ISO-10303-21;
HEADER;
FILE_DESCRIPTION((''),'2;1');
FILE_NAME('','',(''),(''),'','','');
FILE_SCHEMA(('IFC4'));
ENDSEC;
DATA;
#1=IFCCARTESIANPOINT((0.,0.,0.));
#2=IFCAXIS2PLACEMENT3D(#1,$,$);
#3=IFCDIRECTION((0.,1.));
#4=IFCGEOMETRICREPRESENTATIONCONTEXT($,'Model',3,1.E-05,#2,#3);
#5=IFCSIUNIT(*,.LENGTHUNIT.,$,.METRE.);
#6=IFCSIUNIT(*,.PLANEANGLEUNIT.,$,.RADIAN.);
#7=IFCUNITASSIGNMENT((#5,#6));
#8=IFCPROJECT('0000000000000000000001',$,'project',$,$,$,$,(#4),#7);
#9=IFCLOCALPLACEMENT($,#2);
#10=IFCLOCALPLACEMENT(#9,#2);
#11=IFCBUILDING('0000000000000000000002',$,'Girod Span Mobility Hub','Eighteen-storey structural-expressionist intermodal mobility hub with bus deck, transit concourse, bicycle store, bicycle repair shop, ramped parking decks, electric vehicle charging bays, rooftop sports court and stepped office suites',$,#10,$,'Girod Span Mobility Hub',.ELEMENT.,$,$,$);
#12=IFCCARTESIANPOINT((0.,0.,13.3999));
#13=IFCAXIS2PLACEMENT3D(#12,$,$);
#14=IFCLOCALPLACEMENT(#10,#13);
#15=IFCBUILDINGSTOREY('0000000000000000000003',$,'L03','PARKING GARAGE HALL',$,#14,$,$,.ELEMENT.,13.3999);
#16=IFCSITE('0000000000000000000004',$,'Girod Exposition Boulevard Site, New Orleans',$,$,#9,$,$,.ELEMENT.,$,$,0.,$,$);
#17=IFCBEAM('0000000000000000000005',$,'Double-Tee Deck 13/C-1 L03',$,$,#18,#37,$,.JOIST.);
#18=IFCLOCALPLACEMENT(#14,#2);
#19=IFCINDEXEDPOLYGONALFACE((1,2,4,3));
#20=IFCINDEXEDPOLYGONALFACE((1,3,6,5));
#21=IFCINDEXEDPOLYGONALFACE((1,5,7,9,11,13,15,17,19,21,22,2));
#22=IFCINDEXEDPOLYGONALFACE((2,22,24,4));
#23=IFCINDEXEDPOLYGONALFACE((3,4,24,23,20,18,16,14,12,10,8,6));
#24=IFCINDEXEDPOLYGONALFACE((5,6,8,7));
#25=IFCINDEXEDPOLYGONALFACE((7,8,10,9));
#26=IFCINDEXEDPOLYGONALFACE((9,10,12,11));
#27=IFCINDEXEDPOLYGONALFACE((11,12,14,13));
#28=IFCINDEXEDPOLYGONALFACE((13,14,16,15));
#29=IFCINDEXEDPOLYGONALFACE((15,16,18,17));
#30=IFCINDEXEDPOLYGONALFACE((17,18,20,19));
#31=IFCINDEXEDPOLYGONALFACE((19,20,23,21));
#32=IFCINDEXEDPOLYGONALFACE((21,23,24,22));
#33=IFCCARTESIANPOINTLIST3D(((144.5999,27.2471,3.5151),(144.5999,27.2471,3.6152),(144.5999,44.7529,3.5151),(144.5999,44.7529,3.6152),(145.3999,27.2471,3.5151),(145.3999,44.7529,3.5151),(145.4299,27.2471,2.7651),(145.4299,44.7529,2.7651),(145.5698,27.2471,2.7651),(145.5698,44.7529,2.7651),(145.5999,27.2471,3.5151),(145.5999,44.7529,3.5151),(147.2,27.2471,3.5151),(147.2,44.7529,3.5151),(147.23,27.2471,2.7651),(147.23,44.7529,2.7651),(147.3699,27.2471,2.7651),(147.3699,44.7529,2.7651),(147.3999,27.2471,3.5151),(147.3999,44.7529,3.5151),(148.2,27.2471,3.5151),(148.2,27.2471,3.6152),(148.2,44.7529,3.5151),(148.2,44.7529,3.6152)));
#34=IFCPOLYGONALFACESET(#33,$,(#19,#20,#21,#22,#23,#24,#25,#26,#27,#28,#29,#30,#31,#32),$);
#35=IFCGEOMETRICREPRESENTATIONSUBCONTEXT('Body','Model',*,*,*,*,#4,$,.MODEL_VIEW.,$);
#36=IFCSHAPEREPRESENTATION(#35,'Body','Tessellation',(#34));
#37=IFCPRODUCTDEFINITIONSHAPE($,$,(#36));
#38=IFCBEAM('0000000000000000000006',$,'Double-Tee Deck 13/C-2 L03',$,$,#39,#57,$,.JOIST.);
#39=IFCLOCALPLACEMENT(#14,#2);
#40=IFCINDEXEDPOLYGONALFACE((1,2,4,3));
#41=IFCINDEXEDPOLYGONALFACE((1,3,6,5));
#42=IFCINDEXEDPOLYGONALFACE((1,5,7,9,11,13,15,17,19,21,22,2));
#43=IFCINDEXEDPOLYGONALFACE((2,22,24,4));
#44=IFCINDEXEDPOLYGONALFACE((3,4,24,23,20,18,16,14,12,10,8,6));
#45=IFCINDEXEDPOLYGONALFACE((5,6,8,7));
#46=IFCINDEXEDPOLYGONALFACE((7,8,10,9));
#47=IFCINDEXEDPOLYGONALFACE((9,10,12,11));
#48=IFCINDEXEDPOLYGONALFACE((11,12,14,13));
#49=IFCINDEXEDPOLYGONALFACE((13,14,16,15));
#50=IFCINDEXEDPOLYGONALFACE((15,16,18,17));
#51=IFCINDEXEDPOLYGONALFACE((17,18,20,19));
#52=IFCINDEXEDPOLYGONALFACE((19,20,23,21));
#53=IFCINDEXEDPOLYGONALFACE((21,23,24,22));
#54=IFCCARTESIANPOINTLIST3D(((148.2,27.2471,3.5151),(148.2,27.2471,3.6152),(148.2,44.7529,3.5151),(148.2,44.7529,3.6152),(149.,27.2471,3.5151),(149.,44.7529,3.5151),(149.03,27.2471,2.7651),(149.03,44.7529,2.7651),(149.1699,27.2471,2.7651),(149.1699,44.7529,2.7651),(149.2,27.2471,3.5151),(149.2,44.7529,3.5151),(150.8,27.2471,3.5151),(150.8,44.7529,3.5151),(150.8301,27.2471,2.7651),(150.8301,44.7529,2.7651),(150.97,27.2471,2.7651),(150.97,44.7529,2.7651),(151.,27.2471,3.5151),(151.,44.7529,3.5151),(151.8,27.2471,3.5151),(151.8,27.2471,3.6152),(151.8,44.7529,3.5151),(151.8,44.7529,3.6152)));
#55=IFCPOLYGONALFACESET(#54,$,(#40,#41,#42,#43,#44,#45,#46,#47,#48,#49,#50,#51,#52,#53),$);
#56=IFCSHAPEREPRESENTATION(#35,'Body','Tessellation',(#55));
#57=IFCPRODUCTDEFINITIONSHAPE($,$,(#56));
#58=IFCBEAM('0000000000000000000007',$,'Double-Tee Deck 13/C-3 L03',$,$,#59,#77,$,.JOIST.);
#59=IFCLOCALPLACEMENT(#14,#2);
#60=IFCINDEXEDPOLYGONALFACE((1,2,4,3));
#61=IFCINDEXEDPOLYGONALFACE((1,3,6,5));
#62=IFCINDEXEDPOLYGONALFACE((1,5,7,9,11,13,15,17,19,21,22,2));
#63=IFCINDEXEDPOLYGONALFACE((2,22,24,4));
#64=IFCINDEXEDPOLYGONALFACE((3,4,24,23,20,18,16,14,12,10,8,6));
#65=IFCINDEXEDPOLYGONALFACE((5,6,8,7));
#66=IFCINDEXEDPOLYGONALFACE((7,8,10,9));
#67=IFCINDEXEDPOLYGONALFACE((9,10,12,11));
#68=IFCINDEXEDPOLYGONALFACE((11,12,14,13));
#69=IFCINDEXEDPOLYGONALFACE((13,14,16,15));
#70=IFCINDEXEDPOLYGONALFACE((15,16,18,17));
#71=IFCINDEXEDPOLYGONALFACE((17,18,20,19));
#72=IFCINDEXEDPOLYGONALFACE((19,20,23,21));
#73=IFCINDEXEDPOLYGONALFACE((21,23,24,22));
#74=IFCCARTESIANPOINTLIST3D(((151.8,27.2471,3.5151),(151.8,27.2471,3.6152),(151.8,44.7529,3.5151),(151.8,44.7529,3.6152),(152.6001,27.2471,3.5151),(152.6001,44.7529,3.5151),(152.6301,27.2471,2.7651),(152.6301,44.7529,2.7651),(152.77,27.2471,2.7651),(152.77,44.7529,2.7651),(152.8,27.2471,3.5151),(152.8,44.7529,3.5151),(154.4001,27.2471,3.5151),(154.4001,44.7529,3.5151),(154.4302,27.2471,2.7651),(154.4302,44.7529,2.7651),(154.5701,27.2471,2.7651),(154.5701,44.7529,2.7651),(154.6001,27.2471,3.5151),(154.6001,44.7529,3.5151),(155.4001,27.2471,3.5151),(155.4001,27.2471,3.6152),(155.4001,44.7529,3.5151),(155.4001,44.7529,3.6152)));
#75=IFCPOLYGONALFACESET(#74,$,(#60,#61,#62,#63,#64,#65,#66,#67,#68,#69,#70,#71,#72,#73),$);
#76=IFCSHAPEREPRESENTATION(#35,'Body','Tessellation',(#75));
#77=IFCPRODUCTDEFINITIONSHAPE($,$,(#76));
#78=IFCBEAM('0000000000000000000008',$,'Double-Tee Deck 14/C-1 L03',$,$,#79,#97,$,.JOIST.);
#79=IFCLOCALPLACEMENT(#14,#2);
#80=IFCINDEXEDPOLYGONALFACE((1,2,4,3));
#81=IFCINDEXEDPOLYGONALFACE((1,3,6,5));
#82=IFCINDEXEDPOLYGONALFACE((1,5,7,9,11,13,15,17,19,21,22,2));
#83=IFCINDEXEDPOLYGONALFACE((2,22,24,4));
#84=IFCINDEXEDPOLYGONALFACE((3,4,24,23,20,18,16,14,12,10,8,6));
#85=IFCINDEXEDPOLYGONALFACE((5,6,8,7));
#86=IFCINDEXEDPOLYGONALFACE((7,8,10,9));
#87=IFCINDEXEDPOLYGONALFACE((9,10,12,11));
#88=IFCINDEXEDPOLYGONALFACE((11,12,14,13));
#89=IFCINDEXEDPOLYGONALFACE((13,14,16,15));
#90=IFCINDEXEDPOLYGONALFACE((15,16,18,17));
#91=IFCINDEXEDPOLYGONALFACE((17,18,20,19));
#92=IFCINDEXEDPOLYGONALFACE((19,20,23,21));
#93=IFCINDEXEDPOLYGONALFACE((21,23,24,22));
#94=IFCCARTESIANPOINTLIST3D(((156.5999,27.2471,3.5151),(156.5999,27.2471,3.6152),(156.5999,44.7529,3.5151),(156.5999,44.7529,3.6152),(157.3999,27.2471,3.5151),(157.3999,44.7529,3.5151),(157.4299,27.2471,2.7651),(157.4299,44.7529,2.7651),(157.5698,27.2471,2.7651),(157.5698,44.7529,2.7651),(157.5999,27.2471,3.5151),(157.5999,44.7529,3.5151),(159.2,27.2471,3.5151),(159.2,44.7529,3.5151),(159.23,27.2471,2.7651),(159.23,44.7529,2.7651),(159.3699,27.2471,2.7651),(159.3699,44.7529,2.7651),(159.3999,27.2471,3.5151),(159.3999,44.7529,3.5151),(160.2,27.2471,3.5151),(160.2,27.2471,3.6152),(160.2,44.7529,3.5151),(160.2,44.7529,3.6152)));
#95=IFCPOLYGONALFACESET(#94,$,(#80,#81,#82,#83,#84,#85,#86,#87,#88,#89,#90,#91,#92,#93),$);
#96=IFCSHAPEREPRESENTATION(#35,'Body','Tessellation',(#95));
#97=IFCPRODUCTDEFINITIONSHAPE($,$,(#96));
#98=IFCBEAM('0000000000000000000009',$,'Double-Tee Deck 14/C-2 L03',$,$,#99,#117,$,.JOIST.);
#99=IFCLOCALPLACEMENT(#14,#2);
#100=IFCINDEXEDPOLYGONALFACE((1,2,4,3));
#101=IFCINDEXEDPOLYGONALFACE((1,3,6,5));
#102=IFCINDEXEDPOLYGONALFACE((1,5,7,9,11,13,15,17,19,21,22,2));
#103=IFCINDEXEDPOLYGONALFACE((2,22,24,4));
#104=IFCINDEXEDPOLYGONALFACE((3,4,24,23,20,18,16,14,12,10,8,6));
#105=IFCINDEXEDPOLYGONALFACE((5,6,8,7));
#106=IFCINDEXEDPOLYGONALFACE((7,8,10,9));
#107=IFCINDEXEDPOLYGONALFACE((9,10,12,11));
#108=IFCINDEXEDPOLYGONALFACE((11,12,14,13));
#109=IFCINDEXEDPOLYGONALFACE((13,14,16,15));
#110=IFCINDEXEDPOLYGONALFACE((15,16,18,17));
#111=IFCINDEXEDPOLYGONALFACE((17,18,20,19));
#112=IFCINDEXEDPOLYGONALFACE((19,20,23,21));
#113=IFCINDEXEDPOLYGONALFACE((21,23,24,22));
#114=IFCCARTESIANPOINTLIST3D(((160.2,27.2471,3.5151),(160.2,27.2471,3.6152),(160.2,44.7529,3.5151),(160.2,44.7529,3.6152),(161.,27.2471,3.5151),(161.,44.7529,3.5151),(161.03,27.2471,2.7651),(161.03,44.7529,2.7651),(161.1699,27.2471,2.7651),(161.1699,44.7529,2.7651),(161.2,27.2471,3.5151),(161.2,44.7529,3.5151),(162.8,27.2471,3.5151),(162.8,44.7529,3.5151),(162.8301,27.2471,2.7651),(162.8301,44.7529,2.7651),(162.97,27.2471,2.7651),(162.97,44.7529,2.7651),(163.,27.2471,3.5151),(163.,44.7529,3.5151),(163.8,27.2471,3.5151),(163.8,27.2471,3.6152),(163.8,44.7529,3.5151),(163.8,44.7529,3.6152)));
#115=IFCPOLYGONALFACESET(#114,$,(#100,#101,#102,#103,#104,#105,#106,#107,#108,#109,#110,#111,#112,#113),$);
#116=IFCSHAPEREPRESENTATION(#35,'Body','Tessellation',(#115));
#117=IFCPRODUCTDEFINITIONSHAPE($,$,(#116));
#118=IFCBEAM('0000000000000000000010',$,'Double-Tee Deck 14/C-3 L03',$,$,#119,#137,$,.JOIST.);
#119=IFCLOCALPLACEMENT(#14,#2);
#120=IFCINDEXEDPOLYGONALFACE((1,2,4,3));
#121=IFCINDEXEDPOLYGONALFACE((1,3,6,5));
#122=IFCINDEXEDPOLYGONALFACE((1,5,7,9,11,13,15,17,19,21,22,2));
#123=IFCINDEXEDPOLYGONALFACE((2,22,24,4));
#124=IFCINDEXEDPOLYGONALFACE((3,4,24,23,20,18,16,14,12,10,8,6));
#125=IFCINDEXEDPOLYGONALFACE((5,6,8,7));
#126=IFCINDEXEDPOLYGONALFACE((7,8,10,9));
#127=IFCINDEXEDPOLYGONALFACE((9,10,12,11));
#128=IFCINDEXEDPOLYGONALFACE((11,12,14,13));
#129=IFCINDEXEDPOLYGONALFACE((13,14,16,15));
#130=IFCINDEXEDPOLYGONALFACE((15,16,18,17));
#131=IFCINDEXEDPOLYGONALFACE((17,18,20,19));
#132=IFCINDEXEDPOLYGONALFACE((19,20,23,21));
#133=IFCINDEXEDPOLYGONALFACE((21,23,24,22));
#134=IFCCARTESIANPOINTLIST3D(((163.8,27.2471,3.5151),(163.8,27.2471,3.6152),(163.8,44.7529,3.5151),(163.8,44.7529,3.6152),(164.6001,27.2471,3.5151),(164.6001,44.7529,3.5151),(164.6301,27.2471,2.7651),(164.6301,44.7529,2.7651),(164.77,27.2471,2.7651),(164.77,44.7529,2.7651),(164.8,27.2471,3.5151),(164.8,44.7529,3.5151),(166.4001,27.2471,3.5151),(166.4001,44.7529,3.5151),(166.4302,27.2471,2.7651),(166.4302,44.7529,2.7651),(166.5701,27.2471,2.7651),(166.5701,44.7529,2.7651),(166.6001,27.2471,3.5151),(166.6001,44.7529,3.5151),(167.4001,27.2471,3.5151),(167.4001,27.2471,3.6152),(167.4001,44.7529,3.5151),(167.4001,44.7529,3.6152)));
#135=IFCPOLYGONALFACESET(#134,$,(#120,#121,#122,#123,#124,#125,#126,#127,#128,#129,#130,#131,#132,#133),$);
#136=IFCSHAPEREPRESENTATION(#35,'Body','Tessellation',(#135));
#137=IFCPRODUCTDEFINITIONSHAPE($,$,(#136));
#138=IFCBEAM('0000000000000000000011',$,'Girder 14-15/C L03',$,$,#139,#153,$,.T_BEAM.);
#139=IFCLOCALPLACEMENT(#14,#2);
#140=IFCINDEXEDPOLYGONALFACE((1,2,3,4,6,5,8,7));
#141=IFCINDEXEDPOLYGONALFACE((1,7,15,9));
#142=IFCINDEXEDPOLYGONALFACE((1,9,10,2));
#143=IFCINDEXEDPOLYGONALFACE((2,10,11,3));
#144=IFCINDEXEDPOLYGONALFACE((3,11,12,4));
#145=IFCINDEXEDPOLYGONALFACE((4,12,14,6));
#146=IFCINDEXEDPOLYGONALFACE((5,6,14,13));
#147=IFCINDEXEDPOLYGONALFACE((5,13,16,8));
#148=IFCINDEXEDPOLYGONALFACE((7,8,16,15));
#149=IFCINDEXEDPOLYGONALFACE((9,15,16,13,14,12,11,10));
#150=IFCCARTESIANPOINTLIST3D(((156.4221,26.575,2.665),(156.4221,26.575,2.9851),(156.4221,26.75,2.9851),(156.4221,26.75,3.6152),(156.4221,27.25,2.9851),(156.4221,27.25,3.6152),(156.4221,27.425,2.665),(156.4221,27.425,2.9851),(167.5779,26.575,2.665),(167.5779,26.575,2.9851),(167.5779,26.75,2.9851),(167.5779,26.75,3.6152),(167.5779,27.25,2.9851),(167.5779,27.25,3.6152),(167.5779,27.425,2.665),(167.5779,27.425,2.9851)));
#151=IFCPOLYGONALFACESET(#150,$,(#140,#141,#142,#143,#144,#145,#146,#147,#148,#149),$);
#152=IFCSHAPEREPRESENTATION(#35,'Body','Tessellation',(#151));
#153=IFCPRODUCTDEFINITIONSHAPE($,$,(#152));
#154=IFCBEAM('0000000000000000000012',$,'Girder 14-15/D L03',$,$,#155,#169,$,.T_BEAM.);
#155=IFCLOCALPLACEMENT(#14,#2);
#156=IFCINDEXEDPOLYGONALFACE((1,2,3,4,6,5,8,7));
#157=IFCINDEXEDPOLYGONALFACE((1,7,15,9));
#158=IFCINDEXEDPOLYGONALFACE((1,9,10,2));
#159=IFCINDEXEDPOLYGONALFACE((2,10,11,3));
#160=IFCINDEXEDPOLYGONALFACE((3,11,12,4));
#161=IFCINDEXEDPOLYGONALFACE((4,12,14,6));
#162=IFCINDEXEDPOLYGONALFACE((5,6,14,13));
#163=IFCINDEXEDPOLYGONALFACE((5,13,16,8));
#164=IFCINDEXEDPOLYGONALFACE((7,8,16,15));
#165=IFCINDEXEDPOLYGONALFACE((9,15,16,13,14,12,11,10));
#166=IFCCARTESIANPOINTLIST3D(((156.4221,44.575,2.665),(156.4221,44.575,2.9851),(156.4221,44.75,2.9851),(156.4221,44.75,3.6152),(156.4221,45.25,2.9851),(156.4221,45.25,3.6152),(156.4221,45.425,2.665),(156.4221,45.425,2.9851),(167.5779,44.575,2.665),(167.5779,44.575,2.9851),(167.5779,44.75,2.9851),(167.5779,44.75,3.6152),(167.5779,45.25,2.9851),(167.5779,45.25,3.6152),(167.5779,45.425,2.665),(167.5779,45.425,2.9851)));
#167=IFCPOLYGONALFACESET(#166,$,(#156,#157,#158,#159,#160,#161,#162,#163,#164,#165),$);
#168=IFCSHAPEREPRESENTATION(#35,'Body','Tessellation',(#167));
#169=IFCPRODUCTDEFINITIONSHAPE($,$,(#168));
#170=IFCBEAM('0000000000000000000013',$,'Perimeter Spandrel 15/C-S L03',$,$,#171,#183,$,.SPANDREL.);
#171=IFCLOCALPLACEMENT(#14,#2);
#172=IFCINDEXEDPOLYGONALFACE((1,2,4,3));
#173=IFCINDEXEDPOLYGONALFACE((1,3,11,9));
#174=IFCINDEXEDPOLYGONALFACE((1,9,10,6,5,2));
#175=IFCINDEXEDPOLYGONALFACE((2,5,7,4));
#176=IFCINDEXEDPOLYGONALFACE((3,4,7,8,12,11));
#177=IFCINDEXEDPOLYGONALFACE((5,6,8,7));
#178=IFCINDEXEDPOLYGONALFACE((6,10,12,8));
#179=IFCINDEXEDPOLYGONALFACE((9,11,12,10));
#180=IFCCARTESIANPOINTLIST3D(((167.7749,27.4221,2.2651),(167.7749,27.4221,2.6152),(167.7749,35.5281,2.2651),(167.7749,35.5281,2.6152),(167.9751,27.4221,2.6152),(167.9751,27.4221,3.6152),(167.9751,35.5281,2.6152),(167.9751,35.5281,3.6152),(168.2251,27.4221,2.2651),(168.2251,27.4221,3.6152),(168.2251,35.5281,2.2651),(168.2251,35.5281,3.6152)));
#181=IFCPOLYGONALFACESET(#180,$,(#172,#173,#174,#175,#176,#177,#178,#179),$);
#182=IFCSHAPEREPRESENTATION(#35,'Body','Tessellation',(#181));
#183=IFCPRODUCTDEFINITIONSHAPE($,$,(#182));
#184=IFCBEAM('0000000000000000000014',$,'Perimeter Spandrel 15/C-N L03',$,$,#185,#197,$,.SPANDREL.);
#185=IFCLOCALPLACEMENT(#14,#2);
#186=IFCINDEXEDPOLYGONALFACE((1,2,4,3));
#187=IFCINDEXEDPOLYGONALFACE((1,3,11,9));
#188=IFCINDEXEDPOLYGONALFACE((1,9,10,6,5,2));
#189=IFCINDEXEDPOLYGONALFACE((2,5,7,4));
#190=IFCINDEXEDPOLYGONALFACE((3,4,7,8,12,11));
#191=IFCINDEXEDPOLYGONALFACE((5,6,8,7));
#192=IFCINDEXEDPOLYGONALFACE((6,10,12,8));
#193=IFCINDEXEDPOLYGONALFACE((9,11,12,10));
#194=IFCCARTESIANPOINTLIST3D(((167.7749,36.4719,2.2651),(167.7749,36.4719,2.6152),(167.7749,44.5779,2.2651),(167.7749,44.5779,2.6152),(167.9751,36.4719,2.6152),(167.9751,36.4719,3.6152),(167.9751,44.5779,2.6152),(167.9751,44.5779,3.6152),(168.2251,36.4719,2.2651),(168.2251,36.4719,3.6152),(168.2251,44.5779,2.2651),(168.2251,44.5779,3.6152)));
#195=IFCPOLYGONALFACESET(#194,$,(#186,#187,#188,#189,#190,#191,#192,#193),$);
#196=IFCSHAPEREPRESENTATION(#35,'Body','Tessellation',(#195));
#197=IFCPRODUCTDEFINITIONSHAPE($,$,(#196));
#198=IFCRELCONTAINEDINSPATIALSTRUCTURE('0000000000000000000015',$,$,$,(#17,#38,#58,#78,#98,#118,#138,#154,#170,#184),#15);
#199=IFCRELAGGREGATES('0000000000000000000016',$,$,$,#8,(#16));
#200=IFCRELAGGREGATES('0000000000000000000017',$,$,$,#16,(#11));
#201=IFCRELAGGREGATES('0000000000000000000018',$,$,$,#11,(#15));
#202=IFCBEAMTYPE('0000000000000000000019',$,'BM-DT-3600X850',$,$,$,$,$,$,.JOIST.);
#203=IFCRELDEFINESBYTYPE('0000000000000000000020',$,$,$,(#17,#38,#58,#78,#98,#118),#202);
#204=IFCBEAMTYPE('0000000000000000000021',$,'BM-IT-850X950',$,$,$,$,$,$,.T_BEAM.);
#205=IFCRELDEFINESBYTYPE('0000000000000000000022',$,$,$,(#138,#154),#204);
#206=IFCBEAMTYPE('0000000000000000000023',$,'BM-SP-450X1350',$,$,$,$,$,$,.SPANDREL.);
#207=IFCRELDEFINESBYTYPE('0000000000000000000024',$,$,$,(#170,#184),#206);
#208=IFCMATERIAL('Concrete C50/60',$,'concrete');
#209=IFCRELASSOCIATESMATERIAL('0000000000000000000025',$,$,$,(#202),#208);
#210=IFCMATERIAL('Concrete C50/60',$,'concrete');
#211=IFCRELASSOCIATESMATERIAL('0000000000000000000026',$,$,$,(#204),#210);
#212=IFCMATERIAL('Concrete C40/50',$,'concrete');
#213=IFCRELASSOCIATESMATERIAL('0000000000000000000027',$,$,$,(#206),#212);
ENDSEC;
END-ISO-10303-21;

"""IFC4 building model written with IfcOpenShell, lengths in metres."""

from ifc_helpers import new_model, si_unit, direction, frame, origin, place, context, subcontext, project, spatial, polyline, outline, extrude, material, material_profile, profile_set, type_object, element, save


model = new_model("IFC4")

# Units and contexts
model_context = context("Model", 3, precision=1e-05, world=origin(), true_north=direction((0.0, 1.0)))
body_context = subcontext(model_context, "Body", "Model", "MODEL_VIEW")
ifc_project = project(units=[si_unit("LENGTHUNIT", "METRE"), si_unit("PLANEANGLEUNIT", "RADIAN")], contexts=[model_context])

# Site, building, storey
site_placement = place(None, origin())
site = spatial("IfcSite", under=ifc_project, at=site_placement, Name="Girod Exposition Boulevard Site, New Orleans", CompositionType="ELEMENT", RefElevation=0.0)
building_placement = place(site_placement, origin())
building = spatial("IfcBuilding", under=site, at=building_placement, Name="Girod Span Mobility Hub", Description="Eighteen-storey structural-expressionist intermodal mobility hub with bus deck, transit concourse, bicycle store, bicycle repair shop, ramped parking decks, electric vehicle charging bays, rooftop sports court and stepped office suites", LongName="Girod Span Mobility Hub", CompositionType="ELEMENT")
storey_placement = place(building_placement, frame((0.0, 0.0, 13.3999)))
storey = spatial("IfcBuildingStorey", under=building, at=storey_placement, Name="L03", Description="PARKING GARAGE HALL", CompositionType="ELEMENT", Elevation=13.3999)

# Beams
ifc_material_1 = material(Name="Concrete C50/60", Category="concrete")
ifc_material_profile_1 = material_profile(ifc_material_1, outline(polyline([(-1.8, 0.425), (-1.8, 0.325), (-1.0, 0.325), (-0.97, -0.425), (-0.8301, -0.425), (-0.8, 0.325), (0.8, 0.325), (0.8301, -0.425), (0.97, -0.425), (1.0, 0.325), (1.8, 0.325), (1.8, 0.425), (-1.8, 0.425)])), Name="DT-3600X850")
ifc_profile_set_1 = profile_set([ifc_material_profile_1], Name="Concrete C50/60")
beam_type_1 = type_object("IfcBeamType", Name="BM-DT-3600X850", PredefinedType="JOIST", material=ifc_profile_set_1)
for number, where, z_axis, x_axis, name in (
    (1, (146.3999, 27.2471, 3.1902), (0.0, 1.0, 0.0), (-1.0, 0.0, 0.0), "Double-Tee Deck 13/C-1 L03"),
    (2, (150.0, 27.2471, 3.1902), (0.0, 1.0, 0.0), (-1.0, 0.0, 0.0), "Double-Tee Deck 13/C-2 L03"),
    (3, (153.6001, 27.2471, 3.1902), (0.0, 1.0, 0.0), (-1.0, 0.0, 0.0), "Double-Tee Deck 13/C-3 L03"),
    (4, (158.3999, 27.2471, 3.1902), (0.0, 1.0, 0.0), (-1.0, 0.0, 0.0), "Double-Tee Deck 14/C-1 L03"),
    (5, (162.0, 27.2471, 3.1902), (0.0, 1.0, 0.0), (-1.0, 0.0, 0.0), "Double-Tee Deck 14/C-2 L03"),
    (6, (165.6001, 27.2471, 3.1902), (0.0, 1.0, 0.0), (-1.0, 0.0, 0.0), "Double-Tee Deck 14/C-3 L03"),
):
    element("IfcBeam", number, at=place(storey_placement, frame(where, z_axis=z_axis, x_axis=x_axis)), inside=storey, type_object=beam_type_1, Name=name, PredefinedType="JOIST", context=body_context, shape_type="SweptSolid", body=[
        extrude(outline(polyline([(-1.8, 0.425), (-1.8, 0.325), (-1.0, 0.325), (-0.97, -0.425), (-0.8301, -0.425), (-0.8, 0.325), (0.8, 0.325), (0.8301, -0.425), (0.97, -0.425), (1.0, 0.325), (1.8, 0.325), (1.8, 0.425), (-1.8, 0.425)])), origin(), (0.0, 0.0, 1.0), 17.5059),
    ])
ifc_material_2 = material(Name="Concrete C50/60", Category="concrete")
ifc_material_profile_2 = material_profile(ifc_material_2, outline(polyline([(-0.425, -0.4751), (0.425, -0.4751), (0.425, -0.155), (0.25, -0.155), (0.25, 0.4751), (-0.25, 0.4751), (-0.25, -0.155), (-0.425, -0.155), (-0.425, -0.4751)])), Name="IT-850X950")
ifc_profile_set_2 = profile_set([ifc_material_profile_2], Name="Concrete C50/60")
beam_type_2 = type_object("IfcBeamType", Name="BM-IT-850X950", PredefinedType="T_BEAM", material=ifc_profile_set_2)
for number, where, z_axis, x_axis, name in (
    (7, (156.4221, 27.0, 3.1401), (1.0, 0.0, 0.0), (0.0, 1.0, 0.0), "Girder 14-15/C L03"),
    (8, (156.4221, 45.0, 3.1401), (1.0, 0.0, 0.0), (0.0, 1.0, 0.0), "Girder 14-15/D L03"),
):
    element("IfcBeam", number, at=place(storey_placement, frame(where, z_axis=z_axis, x_axis=x_axis)), inside=storey, type_object=beam_type_2, Name=name, PredefinedType="T_BEAM", context=body_context, shape_type="SweptSolid", body=[
        extrude(outline(polyline([(-0.425, -0.4751), (0.425, -0.4751), (0.425, -0.155), (0.25, -0.155), (0.25, 0.4751), (-0.25, 0.4751), (-0.25, -0.155), (-0.425, -0.155), (-0.425, -0.4751)])), origin(), (0.0, 0.0, 1.0), 11.1558),
    ])
ifc_material_3 = material(Name="Concrete C40/50", Category="concrete")
ifc_material_profile_3 = material_profile(ifc_material_3, outline(polyline([(-0.2251, -0.675), (0.2251, -0.675), (0.2251, -0.325), (0.0249, -0.325), (0.0249, 0.675), (-0.2251, 0.675), (-0.2251, -0.675)])), Name="SP-450X1350")
ifc_profile_set_3 = profile_set([ifc_material_profile_3], Name="Concrete C40/50")
beam_type_3 = type_object("IfcBeamType", Name="BM-SP-450X1350", PredefinedType="SPANDREL", material=ifc_profile_set_3)
for number, where, z_axis, x_axis, name in (
    (9, (168.0, 27.4221, 2.9402), (0.0, 1.0, 0.0), (-1.0, 0.0, 0.0), "Perimeter Spandrel 15/C-S L03"),
    (10, (168.0, 36.4719, 2.9402), (0.0, 1.0, 0.0), (-1.0, 0.0, 0.0), "Perimeter Spandrel 15/C-N L03"),
):
    element("IfcBeam", number, at=place(storey_placement, frame(where, z_axis=z_axis, x_axis=x_axis)), inside=storey, type_object=beam_type_3, Name=name, PredefinedType="SPANDREL", context=body_context, shape_type="SweptSolid", body=[
        extrude(outline(polyline([(-0.2251, -0.675), (0.2251, -0.675), (0.2251, -0.325), (0.0249, -0.325), (0.0249, 0.675), (-0.2251, 0.675), (-0.2251, -0.675)])), origin(), (0.0, 0.0, 1.0), 8.106),
    ])

save(model, "model.ifc")
